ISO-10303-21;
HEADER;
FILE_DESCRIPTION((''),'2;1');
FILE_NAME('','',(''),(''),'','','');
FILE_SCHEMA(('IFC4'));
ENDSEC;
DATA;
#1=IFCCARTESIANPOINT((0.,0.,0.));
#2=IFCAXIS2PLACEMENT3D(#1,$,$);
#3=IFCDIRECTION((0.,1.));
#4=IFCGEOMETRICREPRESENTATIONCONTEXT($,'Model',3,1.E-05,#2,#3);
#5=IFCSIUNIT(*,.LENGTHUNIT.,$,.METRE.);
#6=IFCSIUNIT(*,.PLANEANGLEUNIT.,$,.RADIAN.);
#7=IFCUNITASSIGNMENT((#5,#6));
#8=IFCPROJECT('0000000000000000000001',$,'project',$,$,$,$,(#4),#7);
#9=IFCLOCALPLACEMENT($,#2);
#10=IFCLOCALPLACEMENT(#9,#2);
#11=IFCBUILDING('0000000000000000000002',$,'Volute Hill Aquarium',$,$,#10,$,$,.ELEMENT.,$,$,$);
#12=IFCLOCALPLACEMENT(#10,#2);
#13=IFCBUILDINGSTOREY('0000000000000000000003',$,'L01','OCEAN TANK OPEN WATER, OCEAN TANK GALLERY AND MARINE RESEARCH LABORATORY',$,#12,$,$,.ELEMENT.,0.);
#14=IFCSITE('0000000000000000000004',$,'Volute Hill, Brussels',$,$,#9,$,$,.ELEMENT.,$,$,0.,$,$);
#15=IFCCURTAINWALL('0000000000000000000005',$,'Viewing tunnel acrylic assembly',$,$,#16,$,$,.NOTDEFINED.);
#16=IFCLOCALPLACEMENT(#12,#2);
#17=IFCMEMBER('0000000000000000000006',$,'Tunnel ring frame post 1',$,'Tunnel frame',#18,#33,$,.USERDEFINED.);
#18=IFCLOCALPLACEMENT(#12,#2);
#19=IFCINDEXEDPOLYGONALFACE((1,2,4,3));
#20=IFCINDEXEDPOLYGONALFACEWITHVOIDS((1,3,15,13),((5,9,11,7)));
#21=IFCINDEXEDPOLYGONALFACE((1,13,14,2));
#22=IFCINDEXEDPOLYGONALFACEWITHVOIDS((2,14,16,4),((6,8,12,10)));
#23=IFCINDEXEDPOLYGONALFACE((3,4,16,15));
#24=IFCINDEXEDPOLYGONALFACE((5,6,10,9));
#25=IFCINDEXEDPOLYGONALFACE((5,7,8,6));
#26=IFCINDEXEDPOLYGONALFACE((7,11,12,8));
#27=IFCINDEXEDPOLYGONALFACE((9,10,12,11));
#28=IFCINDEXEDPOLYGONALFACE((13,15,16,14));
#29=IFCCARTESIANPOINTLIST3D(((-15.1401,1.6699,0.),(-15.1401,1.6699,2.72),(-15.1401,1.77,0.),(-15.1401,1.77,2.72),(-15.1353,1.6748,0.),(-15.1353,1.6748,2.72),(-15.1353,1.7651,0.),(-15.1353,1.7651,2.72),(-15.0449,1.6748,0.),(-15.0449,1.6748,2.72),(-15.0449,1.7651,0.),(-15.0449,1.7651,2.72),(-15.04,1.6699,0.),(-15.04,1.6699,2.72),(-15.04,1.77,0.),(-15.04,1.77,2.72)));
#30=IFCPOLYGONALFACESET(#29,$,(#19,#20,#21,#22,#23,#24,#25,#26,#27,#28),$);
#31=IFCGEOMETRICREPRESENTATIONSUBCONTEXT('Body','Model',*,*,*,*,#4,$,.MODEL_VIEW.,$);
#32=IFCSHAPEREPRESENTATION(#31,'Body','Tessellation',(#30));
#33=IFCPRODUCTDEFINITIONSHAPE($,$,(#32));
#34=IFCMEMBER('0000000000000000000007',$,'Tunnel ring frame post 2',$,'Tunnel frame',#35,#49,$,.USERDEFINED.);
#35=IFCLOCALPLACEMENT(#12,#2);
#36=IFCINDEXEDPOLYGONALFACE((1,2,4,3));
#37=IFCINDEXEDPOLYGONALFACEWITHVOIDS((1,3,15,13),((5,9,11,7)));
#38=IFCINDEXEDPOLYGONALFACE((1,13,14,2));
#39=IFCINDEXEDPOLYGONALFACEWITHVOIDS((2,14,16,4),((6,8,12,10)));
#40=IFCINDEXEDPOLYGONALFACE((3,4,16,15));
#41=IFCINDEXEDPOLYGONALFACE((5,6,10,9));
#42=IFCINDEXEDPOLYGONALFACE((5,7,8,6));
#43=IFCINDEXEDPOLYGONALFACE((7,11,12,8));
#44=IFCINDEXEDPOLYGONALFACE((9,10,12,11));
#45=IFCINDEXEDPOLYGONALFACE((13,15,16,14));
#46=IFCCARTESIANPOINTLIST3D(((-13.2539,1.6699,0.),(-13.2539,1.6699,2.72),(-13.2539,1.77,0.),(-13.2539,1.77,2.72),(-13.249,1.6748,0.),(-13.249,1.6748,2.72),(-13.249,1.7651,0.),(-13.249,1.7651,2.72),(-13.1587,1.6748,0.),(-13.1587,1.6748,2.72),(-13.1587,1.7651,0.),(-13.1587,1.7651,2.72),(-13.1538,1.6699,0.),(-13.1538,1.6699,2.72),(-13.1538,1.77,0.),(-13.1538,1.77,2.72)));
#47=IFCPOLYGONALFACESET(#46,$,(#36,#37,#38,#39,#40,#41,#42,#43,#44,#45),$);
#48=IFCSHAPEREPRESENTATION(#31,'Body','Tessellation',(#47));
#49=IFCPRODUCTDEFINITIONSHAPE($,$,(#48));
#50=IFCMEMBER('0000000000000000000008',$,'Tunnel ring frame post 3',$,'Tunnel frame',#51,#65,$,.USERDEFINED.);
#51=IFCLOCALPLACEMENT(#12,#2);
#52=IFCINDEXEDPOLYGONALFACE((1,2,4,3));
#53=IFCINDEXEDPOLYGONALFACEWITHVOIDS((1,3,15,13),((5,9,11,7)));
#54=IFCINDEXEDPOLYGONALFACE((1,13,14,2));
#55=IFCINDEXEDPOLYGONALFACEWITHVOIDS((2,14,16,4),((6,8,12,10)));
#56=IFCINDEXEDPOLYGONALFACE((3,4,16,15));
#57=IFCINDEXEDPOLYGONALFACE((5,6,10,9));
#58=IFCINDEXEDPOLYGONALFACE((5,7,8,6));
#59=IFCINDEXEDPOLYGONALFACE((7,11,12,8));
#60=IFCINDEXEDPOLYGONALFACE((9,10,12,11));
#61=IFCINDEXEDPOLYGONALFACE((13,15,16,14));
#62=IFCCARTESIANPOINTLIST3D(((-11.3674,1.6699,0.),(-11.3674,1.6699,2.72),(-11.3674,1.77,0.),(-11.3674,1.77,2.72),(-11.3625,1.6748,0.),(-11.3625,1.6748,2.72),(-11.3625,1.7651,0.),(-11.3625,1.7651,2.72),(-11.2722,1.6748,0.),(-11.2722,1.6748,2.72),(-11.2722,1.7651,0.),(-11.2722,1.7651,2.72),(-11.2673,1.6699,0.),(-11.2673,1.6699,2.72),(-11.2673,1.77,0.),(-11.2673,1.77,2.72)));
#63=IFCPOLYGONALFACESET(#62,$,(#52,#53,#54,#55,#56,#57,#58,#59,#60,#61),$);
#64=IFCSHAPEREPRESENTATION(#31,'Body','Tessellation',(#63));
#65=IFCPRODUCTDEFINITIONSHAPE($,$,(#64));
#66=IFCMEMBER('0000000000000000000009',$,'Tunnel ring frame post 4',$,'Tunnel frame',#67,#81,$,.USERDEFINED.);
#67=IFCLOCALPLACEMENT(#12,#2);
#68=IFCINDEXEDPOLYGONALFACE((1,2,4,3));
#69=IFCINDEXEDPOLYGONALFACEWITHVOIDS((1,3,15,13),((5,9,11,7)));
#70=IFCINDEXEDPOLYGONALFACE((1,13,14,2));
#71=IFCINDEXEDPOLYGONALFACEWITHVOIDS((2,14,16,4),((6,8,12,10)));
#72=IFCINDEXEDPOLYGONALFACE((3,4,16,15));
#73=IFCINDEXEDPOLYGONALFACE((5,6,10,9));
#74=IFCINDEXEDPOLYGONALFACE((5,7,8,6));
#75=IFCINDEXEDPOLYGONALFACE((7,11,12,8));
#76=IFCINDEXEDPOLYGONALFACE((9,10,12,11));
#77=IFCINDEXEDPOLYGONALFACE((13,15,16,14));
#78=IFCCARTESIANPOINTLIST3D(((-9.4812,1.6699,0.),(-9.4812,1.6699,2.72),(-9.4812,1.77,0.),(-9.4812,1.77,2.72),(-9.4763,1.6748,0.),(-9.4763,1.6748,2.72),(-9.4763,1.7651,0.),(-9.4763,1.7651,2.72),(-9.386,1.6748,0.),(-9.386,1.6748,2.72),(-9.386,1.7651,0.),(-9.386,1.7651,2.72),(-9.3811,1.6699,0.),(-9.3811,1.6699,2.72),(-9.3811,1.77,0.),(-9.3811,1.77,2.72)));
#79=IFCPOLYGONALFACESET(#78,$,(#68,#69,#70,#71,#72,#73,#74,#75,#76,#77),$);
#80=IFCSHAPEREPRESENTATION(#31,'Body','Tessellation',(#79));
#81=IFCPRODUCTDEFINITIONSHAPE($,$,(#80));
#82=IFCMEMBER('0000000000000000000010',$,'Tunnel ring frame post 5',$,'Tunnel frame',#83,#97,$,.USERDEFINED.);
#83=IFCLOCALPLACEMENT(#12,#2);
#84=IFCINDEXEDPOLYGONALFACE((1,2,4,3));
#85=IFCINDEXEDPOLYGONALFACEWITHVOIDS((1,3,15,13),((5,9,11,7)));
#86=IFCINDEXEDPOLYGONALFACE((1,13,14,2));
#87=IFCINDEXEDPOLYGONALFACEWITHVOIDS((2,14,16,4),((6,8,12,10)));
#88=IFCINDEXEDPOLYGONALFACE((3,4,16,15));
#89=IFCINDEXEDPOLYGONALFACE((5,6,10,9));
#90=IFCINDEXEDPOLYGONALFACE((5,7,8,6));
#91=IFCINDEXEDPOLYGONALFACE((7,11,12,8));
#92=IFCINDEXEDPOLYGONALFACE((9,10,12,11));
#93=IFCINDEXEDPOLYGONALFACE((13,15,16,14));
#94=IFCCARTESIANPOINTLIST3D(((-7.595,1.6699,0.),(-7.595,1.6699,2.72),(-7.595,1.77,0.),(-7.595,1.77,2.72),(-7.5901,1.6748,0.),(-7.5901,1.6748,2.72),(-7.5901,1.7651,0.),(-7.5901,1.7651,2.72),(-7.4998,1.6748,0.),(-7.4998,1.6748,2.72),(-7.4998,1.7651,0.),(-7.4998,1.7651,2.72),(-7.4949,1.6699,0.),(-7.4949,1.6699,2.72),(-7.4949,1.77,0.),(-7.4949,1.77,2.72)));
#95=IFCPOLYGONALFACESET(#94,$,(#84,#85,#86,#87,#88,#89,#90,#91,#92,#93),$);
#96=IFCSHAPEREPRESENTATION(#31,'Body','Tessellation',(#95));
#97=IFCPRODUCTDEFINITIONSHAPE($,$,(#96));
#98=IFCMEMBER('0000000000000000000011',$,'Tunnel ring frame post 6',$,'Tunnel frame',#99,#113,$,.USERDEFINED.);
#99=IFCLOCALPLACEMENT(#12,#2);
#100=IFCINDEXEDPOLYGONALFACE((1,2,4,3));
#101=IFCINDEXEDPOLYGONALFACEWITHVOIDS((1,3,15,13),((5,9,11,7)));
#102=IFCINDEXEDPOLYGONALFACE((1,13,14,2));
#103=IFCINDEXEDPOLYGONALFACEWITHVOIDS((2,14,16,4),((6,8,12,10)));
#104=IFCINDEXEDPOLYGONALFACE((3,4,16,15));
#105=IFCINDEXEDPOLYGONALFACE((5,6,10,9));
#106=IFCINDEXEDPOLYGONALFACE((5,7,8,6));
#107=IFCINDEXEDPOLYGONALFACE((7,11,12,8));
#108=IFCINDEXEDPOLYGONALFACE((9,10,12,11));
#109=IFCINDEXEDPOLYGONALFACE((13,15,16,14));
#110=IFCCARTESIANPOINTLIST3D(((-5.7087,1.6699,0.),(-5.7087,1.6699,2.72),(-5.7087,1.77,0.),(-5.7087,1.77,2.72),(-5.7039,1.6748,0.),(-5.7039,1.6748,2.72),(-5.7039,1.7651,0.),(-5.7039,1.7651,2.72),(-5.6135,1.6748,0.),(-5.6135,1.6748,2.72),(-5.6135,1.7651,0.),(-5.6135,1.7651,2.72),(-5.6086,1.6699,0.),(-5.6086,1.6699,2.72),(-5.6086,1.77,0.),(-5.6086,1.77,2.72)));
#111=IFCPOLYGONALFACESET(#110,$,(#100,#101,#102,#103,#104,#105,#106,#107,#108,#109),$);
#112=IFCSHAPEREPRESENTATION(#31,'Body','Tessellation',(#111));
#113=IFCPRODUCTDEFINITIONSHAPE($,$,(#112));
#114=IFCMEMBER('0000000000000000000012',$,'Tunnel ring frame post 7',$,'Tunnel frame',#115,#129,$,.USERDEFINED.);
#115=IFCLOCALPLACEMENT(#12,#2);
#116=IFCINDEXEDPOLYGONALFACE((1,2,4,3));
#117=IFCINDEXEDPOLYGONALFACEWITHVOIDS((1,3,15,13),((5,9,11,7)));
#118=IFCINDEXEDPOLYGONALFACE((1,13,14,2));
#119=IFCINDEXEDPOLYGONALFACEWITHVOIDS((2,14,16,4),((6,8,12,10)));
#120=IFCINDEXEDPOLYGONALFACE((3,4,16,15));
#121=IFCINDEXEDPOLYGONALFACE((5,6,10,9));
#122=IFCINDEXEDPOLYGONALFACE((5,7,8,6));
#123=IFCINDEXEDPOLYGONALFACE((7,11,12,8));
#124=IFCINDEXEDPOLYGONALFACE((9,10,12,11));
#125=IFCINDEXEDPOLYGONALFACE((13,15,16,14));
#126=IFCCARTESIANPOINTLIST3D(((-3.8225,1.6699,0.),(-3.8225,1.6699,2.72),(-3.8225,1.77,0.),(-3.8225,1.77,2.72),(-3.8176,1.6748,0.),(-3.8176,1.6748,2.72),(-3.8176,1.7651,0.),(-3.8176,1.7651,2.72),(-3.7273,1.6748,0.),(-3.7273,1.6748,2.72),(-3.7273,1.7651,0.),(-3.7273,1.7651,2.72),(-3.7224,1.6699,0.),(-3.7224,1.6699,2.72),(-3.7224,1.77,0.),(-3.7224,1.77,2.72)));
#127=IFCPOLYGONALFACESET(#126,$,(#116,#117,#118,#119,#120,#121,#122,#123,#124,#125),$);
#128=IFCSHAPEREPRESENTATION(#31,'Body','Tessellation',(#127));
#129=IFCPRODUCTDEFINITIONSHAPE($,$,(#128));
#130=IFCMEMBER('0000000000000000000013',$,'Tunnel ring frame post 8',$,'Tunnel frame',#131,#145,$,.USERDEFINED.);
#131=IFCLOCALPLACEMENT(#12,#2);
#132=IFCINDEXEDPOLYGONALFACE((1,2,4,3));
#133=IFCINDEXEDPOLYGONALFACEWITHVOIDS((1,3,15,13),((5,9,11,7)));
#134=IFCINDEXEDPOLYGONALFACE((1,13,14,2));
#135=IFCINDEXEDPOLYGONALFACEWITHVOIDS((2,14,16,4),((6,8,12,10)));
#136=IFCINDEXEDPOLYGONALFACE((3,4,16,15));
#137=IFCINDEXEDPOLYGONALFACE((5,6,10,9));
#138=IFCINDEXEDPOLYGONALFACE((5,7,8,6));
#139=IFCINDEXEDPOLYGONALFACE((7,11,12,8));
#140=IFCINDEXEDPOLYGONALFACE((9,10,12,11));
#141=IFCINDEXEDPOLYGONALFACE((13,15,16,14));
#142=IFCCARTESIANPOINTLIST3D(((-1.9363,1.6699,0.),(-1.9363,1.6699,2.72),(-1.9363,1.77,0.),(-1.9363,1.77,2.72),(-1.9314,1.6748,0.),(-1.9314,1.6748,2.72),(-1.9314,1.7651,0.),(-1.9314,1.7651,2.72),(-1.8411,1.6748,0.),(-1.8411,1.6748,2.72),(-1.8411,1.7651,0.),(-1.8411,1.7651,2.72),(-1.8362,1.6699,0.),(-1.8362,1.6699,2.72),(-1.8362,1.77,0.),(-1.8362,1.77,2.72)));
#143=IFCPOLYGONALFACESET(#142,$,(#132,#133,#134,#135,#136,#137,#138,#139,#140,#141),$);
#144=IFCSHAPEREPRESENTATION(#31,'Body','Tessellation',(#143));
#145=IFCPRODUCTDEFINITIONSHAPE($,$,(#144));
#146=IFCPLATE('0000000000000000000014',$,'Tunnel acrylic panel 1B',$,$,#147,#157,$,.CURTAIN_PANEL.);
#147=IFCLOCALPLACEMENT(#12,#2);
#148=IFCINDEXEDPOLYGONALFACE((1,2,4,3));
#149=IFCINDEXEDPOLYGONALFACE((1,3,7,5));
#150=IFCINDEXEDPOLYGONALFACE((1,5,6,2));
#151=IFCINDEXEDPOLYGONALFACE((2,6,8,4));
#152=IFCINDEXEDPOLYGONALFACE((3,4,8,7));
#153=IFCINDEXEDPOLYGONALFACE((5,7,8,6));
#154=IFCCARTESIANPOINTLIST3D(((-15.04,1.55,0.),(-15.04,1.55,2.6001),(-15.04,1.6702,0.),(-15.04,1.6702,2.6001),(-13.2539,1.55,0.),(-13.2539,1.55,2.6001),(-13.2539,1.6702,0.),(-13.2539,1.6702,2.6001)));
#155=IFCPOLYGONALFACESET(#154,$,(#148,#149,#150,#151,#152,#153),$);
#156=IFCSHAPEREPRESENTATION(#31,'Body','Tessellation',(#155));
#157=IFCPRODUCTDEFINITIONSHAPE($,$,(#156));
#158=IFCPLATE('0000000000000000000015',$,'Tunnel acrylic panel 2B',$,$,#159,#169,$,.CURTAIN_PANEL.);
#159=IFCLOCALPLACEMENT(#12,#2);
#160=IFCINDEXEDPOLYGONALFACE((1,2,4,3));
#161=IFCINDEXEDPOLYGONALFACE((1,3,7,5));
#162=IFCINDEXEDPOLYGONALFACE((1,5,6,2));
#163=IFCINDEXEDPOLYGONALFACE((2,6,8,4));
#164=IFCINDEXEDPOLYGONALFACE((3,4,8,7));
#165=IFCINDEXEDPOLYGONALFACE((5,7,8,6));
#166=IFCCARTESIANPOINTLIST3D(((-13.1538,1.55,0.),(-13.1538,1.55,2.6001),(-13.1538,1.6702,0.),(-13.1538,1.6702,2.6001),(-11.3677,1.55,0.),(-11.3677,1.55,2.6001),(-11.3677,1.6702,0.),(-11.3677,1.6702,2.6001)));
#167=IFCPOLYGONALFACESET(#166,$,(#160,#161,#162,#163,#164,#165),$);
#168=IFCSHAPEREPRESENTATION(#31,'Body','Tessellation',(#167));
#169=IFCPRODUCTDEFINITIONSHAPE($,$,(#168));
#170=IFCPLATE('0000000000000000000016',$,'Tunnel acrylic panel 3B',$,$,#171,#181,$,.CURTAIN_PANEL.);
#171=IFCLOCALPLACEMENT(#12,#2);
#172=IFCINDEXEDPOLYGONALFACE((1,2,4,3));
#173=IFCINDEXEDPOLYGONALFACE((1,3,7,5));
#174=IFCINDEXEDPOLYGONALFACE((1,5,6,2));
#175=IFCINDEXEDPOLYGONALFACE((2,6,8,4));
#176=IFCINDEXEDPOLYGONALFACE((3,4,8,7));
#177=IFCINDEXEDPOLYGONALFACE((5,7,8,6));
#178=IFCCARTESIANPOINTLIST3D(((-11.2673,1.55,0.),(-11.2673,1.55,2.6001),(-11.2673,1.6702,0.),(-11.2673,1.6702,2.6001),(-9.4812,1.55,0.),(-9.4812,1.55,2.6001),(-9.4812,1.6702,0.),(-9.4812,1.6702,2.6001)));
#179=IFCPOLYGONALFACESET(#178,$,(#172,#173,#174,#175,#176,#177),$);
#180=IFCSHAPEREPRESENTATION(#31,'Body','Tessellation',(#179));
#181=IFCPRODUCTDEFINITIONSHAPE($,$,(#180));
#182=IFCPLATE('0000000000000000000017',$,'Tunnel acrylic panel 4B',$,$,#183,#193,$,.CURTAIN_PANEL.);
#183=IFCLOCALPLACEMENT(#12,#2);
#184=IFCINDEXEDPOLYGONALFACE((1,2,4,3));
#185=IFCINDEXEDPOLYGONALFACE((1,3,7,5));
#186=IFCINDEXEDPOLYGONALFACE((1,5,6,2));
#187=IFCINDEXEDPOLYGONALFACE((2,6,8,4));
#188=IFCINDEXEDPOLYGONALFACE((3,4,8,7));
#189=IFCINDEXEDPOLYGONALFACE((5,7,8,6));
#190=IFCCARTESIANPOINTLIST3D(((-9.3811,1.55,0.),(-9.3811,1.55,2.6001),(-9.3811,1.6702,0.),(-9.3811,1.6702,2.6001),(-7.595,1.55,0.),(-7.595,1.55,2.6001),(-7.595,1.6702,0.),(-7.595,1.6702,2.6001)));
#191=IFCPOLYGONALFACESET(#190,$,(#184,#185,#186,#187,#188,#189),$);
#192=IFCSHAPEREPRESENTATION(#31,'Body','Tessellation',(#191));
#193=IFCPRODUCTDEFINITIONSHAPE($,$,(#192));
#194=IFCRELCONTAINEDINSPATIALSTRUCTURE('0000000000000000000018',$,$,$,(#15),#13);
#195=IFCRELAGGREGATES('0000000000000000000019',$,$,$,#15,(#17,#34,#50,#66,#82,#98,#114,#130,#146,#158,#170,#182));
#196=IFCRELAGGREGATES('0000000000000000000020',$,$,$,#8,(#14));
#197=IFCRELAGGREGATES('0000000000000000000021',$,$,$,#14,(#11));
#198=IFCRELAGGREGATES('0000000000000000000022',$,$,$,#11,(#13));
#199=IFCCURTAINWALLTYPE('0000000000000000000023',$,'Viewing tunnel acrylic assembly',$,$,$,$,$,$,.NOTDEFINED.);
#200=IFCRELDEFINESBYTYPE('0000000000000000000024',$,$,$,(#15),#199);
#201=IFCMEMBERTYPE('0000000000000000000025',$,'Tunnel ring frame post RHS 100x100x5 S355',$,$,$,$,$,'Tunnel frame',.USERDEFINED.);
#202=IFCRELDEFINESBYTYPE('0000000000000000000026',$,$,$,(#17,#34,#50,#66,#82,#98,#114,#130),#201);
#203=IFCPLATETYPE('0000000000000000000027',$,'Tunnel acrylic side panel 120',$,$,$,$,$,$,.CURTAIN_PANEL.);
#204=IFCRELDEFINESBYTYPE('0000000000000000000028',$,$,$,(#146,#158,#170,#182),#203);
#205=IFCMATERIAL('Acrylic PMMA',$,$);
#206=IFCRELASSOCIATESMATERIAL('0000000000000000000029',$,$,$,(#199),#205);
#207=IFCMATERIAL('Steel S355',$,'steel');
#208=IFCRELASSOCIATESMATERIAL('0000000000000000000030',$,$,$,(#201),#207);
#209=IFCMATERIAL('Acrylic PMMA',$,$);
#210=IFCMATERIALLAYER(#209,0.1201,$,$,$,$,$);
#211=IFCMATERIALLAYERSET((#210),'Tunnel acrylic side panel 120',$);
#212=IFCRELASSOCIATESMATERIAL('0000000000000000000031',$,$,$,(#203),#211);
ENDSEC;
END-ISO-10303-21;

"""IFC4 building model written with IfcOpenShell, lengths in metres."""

from ifc_helpers import new_model, si_unit, direction, frame, origin, origin_2d, place, context, subcontext, project, spatial, rectangle, hollow_rectangle, extrude, material, layer, layer_set, material_profile, profile_set, type_object, element, aggregate, save


model = new_model("IFC4")

# Units and contexts
model_context = context("Model", 3, precision=1e-05, world=origin(), true_north=direction((0.0, 1.0)))
body_context = subcontext(model_context, "Body", "Model", "MODEL_VIEW")
ifc_project = project(units=[si_unit("LENGTHUNIT", "METRE"), si_unit("PLANEANGLEUNIT", "RADIAN")], contexts=[model_context])

# Site, building, storey
site_placement = place(None, origin())
site = spatial("IfcSite", under=ifc_project, at=site_placement, Name="Volute Hill, Brussels", CompositionType="ELEMENT", RefElevation=0.0)
building_placement = place(site_placement, origin())
building = spatial("IfcBuilding", under=site, at=building_placement, Name="Volute Hill Aquarium", CompositionType="ELEMENT")
storey_placement = place(building_placement, origin())
storey = spatial("IfcBuildingStorey", under=building, at=storey_placement, Name="L01", Description="OCEAN TANK OPEN WATER, OCEAN TANK GALLERY AND MARINE RESEARCH LABORATORY", CompositionType="ELEMENT", Elevation=0.0)

# Curtain wall, members, plates
ifc_material_1 = material(Name="Acrylic PMMA")
curtain_wall_type = type_object("IfcCurtainWallType", Name="Viewing tunnel acrylic assembly", PredefinedType="NOTDEFINED", material=ifc_material_1)
curtain_wall_placement = place(storey_placement, origin())
curtain_wall = element("IfcCurtainWall", 1, at=curtain_wall_placement, inside=storey, type_object=curtain_wall_type, Name="Viewing tunnel acrylic assembly", PredefinedType="NOTDEFINED")
ifc_material_2 = material(Name="Steel S355", Category="steel")
ifc_material_profile = material_profile(ifc_material_2, hollow_rectangle(XDim=0.1001, YDim=0.1001, WallThickness=0.0049, at=origin_2d()), Name="RHS 100x100x5")
ifc_profile_set = profile_set([ifc_material_profile], Name="Steel S355")
member_type = type_object("IfcMemberType", Name="Tunnel ring frame post RHS 100x100x5 S355", ElementType="Tunnel frame", PredefinedType="USERDEFINED", material=ifc_profile_set)
member_1_placement = place(storey_placement, frame((-15.0901, 1.72, 0.0), z_axis=(0.0, 0.0, 1.0), x_axis=(1.0, 0.0, 0.0)))
member_1 = element("IfcMember", 2, at=member_1_placement, type_object=member_type, Name="Tunnel ring frame post 1", ObjectType="Tunnel frame", PredefinedType="USERDEFINED", context=body_context, shape_type="SweptSolid", body=[
    extrude(hollow_rectangle(XDim=0.1001, YDim=0.1001, WallThickness=0.0049, at=origin_2d()), origin(), (0.0, 0.0, 1.0), 2.72),
])
member_2_placement = place(storey_placement, frame((-13.2039, 1.72, 0.0), z_axis=(0.0, 0.0, 1.0), x_axis=(1.0, 0.0, 0.0)))
member_2 = element("IfcMember", 3, at=member_2_placement, type_object=member_type, Name="Tunnel ring frame post 2", ObjectType="Tunnel frame", PredefinedType="USERDEFINED", context=body_context, shape_type="SweptSolid", body=[
    extrude(hollow_rectangle(XDim=0.1001, YDim=0.1001, WallThickness=0.0049, at=origin_2d()), origin(), (0.0, 0.0, 1.0), 2.72),
])
member_3_placement = place(storey_placement, frame((-11.3174, 1.72, 0.0), z_axis=(0.0, 0.0, 1.0), x_axis=(1.0, 0.0, 0.0)))
member_3 = element("IfcMember", 4, at=member_3_placement, type_object=member_type, Name="Tunnel ring frame post 3", ObjectType="Tunnel frame", PredefinedType="USERDEFINED", context=body_context, shape_type="SweptSolid", body=[
    extrude(hollow_rectangle(XDim=0.1001, YDim=0.1001, WallThickness=0.0049, at=origin_2d()), origin(), (0.0, 0.0, 1.0), 2.72),
])
member_4_placement = place(storey_placement, frame((-9.4312, 1.72, 0.0), z_axis=(0.0, 0.0, 1.0), x_axis=(1.0, 0.0, 0.0)))
member_4 = element("IfcMember", 5, at=member_4_placement, type_object=member_type, Name="Tunnel ring frame post 4", ObjectType="Tunnel frame", PredefinedType="USERDEFINED", context=body_context, shape_type="SweptSolid", body=[
    extrude(hollow_rectangle(XDim=0.1001, YDim=0.1001, WallThickness=0.0049, at=origin_2d()), origin(), (0.0, 0.0, 1.0), 2.72),
])
member_5_placement = place(storey_placement, frame((-7.5449, 1.72, 0.0), z_axis=(0.0, 0.0, 1.0), x_axis=(1.0, 0.0, 0.0)))
member_5 = element("IfcMember", 6, at=member_5_placement, type_object=member_type, Name="Tunnel ring frame post 5", ObjectType="Tunnel frame", PredefinedType="USERDEFINED", context=body_context, shape_type="SweptSolid", body=[
    extrude(hollow_rectangle(XDim=0.1001, YDim=0.1001, WallThickness=0.0049, at=origin_2d()), origin(), (0.0, 0.0, 1.0), 2.72),
])
member_6_placement = place(storey_placement, frame((-5.6587, 1.72, 0.0), z_axis=(0.0, 0.0, 1.0), x_axis=(1.0, 0.0, 0.0)))
member_6 = element("IfcMember", 7, at=member_6_placement, type_object=member_type, Name="Tunnel ring frame post 6", ObjectType="Tunnel frame", PredefinedType="USERDEFINED", context=body_context, shape_type="SweptSolid", body=[
    extrude(hollow_rectangle(XDim=0.1001, YDim=0.1001, WallThickness=0.0049, at=origin_2d()), origin(), (0.0, 0.0, 1.0), 2.72),
])
member_7_placement = place(storey_placement, frame((-3.7725, 1.72, 0.0), z_axis=(0.0, 0.0, 1.0), x_axis=(1.0, 0.0, 0.0)))
member_7 = element("IfcMember", 8, at=member_7_placement, type_object=member_type, Name="Tunnel ring frame post 7", ObjectType="Tunnel frame", PredefinedType="USERDEFINED", context=body_context, shape_type="SweptSolid", body=[
    extrude(hollow_rectangle(XDim=0.1001, YDim=0.1001, WallThickness=0.0049, at=origin_2d()), origin(), (0.0, 0.0, 1.0), 2.72),
])
member_8_placement = place(storey_placement, frame((-1.8862, 1.72, 0.0), z_axis=(0.0, 0.0, 1.0), x_axis=(1.0, 0.0, 0.0)))
member_8 = element("IfcMember", 9, at=member_8_placement, type_object=member_type, Name="Tunnel ring frame post 8", ObjectType="Tunnel frame", PredefinedType="USERDEFINED", context=body_context, shape_type="SweptSolid", body=[
    extrude(hollow_rectangle(XDim=0.1001, YDim=0.1001, WallThickness=0.0049, at=origin_2d()), origin(), (0.0, 0.0, 1.0), 2.72),
])
ifc_material_3 = material(Name="Acrylic PMMA")
ifc_layer_1 = layer(ifc_material_3, 0.1201)
ifc_layer_set_1 = layer_set([ifc_layer_1], Name="Tunnel acrylic side panel 120")
plate_type_1 = type_object("IfcPlateType", Name="Tunnel acrylic side panel 120", PredefinedType="CURTAIN_PANEL", material=ifc_layer_set_1)
plate_1_placement = place(storey_placement, frame((-14.147, 1.6101, 0.0), z_axis=(0.0, 0.0, 1.0), x_axis=(1.0, 0.0, 0.0)))
plate_1 = element("IfcPlate", 10, at=plate_1_placement, type_object=plate_type_1, Name="Tunnel acrylic panel 1B", PredefinedType="CURTAIN_PANEL", context=body_context, shape_type="SweptSolid", body=[
    extrude(rectangle(XDim=1.7861, YDim=0.1201, at=origin_2d()), origin(), (0.0, 0.0, 1.0), 2.6001),
])
plate_2_placement = place(storey_placement, frame((-12.2607, 1.6101, 0.0), z_axis=(0.0, 0.0, 1.0), x_axis=(1.0, 0.0, 0.0)))
plate_2 = element("IfcPlate", 11, at=plate_2_placement, type_object=plate_type_1, Name="Tunnel acrylic panel 2B", PredefinedType="CURTAIN_PANEL", context=body_context, shape_type="SweptSolid", body=[
    extrude(rectangle(XDim=1.7861, YDim=0.1201, at=origin_2d()), origin(), (0.0, 0.0, 1.0), 2.6001),
])
plate_3_placement = place(storey_placement, frame((-10.3743, 1.6101, 0.0), z_axis=(0.0, 0.0, 1.0), x_axis=(1.0, 0.0, 0.0)))
plate_3 = element("IfcPlate", 12, at=plate_3_placement, type_object=plate_type_1, Name="Tunnel acrylic panel 3B", PredefinedType="CURTAIN_PANEL", context=body_context, shape_type="SweptSolid", body=[
    extrude(rectangle(XDim=1.7861, YDim=0.1201, at=origin_2d()), origin(), (0.0, 0.0, 1.0), 2.6001),
])
plate_4_placement = place(storey_placement, frame((-8.488, 1.6101, 0.0), z_axis=(0.0, 0.0, 1.0), x_axis=(1.0, 0.0, 0.0)))
plate_4 = element("IfcPlate", 13, at=plate_4_placement, type_object=plate_type_1, Name="Tunnel acrylic panel 4B", PredefinedType="CURTAIN_PANEL", context=body_context, shape_type="SweptSolid", body=[
    extrude(rectangle(XDim=1.7861, YDim=0.1201, at=origin_2d()), origin(), (0.0, 0.0, 1.0), 2.6001),
])
aggregate(curtain_wall, [member_1, member_2, member_3, member_4, member_5, member_6, member_7, member_8, plate_1, plate_2, plate_3, plate_4])

save(model, "model.ifc")
